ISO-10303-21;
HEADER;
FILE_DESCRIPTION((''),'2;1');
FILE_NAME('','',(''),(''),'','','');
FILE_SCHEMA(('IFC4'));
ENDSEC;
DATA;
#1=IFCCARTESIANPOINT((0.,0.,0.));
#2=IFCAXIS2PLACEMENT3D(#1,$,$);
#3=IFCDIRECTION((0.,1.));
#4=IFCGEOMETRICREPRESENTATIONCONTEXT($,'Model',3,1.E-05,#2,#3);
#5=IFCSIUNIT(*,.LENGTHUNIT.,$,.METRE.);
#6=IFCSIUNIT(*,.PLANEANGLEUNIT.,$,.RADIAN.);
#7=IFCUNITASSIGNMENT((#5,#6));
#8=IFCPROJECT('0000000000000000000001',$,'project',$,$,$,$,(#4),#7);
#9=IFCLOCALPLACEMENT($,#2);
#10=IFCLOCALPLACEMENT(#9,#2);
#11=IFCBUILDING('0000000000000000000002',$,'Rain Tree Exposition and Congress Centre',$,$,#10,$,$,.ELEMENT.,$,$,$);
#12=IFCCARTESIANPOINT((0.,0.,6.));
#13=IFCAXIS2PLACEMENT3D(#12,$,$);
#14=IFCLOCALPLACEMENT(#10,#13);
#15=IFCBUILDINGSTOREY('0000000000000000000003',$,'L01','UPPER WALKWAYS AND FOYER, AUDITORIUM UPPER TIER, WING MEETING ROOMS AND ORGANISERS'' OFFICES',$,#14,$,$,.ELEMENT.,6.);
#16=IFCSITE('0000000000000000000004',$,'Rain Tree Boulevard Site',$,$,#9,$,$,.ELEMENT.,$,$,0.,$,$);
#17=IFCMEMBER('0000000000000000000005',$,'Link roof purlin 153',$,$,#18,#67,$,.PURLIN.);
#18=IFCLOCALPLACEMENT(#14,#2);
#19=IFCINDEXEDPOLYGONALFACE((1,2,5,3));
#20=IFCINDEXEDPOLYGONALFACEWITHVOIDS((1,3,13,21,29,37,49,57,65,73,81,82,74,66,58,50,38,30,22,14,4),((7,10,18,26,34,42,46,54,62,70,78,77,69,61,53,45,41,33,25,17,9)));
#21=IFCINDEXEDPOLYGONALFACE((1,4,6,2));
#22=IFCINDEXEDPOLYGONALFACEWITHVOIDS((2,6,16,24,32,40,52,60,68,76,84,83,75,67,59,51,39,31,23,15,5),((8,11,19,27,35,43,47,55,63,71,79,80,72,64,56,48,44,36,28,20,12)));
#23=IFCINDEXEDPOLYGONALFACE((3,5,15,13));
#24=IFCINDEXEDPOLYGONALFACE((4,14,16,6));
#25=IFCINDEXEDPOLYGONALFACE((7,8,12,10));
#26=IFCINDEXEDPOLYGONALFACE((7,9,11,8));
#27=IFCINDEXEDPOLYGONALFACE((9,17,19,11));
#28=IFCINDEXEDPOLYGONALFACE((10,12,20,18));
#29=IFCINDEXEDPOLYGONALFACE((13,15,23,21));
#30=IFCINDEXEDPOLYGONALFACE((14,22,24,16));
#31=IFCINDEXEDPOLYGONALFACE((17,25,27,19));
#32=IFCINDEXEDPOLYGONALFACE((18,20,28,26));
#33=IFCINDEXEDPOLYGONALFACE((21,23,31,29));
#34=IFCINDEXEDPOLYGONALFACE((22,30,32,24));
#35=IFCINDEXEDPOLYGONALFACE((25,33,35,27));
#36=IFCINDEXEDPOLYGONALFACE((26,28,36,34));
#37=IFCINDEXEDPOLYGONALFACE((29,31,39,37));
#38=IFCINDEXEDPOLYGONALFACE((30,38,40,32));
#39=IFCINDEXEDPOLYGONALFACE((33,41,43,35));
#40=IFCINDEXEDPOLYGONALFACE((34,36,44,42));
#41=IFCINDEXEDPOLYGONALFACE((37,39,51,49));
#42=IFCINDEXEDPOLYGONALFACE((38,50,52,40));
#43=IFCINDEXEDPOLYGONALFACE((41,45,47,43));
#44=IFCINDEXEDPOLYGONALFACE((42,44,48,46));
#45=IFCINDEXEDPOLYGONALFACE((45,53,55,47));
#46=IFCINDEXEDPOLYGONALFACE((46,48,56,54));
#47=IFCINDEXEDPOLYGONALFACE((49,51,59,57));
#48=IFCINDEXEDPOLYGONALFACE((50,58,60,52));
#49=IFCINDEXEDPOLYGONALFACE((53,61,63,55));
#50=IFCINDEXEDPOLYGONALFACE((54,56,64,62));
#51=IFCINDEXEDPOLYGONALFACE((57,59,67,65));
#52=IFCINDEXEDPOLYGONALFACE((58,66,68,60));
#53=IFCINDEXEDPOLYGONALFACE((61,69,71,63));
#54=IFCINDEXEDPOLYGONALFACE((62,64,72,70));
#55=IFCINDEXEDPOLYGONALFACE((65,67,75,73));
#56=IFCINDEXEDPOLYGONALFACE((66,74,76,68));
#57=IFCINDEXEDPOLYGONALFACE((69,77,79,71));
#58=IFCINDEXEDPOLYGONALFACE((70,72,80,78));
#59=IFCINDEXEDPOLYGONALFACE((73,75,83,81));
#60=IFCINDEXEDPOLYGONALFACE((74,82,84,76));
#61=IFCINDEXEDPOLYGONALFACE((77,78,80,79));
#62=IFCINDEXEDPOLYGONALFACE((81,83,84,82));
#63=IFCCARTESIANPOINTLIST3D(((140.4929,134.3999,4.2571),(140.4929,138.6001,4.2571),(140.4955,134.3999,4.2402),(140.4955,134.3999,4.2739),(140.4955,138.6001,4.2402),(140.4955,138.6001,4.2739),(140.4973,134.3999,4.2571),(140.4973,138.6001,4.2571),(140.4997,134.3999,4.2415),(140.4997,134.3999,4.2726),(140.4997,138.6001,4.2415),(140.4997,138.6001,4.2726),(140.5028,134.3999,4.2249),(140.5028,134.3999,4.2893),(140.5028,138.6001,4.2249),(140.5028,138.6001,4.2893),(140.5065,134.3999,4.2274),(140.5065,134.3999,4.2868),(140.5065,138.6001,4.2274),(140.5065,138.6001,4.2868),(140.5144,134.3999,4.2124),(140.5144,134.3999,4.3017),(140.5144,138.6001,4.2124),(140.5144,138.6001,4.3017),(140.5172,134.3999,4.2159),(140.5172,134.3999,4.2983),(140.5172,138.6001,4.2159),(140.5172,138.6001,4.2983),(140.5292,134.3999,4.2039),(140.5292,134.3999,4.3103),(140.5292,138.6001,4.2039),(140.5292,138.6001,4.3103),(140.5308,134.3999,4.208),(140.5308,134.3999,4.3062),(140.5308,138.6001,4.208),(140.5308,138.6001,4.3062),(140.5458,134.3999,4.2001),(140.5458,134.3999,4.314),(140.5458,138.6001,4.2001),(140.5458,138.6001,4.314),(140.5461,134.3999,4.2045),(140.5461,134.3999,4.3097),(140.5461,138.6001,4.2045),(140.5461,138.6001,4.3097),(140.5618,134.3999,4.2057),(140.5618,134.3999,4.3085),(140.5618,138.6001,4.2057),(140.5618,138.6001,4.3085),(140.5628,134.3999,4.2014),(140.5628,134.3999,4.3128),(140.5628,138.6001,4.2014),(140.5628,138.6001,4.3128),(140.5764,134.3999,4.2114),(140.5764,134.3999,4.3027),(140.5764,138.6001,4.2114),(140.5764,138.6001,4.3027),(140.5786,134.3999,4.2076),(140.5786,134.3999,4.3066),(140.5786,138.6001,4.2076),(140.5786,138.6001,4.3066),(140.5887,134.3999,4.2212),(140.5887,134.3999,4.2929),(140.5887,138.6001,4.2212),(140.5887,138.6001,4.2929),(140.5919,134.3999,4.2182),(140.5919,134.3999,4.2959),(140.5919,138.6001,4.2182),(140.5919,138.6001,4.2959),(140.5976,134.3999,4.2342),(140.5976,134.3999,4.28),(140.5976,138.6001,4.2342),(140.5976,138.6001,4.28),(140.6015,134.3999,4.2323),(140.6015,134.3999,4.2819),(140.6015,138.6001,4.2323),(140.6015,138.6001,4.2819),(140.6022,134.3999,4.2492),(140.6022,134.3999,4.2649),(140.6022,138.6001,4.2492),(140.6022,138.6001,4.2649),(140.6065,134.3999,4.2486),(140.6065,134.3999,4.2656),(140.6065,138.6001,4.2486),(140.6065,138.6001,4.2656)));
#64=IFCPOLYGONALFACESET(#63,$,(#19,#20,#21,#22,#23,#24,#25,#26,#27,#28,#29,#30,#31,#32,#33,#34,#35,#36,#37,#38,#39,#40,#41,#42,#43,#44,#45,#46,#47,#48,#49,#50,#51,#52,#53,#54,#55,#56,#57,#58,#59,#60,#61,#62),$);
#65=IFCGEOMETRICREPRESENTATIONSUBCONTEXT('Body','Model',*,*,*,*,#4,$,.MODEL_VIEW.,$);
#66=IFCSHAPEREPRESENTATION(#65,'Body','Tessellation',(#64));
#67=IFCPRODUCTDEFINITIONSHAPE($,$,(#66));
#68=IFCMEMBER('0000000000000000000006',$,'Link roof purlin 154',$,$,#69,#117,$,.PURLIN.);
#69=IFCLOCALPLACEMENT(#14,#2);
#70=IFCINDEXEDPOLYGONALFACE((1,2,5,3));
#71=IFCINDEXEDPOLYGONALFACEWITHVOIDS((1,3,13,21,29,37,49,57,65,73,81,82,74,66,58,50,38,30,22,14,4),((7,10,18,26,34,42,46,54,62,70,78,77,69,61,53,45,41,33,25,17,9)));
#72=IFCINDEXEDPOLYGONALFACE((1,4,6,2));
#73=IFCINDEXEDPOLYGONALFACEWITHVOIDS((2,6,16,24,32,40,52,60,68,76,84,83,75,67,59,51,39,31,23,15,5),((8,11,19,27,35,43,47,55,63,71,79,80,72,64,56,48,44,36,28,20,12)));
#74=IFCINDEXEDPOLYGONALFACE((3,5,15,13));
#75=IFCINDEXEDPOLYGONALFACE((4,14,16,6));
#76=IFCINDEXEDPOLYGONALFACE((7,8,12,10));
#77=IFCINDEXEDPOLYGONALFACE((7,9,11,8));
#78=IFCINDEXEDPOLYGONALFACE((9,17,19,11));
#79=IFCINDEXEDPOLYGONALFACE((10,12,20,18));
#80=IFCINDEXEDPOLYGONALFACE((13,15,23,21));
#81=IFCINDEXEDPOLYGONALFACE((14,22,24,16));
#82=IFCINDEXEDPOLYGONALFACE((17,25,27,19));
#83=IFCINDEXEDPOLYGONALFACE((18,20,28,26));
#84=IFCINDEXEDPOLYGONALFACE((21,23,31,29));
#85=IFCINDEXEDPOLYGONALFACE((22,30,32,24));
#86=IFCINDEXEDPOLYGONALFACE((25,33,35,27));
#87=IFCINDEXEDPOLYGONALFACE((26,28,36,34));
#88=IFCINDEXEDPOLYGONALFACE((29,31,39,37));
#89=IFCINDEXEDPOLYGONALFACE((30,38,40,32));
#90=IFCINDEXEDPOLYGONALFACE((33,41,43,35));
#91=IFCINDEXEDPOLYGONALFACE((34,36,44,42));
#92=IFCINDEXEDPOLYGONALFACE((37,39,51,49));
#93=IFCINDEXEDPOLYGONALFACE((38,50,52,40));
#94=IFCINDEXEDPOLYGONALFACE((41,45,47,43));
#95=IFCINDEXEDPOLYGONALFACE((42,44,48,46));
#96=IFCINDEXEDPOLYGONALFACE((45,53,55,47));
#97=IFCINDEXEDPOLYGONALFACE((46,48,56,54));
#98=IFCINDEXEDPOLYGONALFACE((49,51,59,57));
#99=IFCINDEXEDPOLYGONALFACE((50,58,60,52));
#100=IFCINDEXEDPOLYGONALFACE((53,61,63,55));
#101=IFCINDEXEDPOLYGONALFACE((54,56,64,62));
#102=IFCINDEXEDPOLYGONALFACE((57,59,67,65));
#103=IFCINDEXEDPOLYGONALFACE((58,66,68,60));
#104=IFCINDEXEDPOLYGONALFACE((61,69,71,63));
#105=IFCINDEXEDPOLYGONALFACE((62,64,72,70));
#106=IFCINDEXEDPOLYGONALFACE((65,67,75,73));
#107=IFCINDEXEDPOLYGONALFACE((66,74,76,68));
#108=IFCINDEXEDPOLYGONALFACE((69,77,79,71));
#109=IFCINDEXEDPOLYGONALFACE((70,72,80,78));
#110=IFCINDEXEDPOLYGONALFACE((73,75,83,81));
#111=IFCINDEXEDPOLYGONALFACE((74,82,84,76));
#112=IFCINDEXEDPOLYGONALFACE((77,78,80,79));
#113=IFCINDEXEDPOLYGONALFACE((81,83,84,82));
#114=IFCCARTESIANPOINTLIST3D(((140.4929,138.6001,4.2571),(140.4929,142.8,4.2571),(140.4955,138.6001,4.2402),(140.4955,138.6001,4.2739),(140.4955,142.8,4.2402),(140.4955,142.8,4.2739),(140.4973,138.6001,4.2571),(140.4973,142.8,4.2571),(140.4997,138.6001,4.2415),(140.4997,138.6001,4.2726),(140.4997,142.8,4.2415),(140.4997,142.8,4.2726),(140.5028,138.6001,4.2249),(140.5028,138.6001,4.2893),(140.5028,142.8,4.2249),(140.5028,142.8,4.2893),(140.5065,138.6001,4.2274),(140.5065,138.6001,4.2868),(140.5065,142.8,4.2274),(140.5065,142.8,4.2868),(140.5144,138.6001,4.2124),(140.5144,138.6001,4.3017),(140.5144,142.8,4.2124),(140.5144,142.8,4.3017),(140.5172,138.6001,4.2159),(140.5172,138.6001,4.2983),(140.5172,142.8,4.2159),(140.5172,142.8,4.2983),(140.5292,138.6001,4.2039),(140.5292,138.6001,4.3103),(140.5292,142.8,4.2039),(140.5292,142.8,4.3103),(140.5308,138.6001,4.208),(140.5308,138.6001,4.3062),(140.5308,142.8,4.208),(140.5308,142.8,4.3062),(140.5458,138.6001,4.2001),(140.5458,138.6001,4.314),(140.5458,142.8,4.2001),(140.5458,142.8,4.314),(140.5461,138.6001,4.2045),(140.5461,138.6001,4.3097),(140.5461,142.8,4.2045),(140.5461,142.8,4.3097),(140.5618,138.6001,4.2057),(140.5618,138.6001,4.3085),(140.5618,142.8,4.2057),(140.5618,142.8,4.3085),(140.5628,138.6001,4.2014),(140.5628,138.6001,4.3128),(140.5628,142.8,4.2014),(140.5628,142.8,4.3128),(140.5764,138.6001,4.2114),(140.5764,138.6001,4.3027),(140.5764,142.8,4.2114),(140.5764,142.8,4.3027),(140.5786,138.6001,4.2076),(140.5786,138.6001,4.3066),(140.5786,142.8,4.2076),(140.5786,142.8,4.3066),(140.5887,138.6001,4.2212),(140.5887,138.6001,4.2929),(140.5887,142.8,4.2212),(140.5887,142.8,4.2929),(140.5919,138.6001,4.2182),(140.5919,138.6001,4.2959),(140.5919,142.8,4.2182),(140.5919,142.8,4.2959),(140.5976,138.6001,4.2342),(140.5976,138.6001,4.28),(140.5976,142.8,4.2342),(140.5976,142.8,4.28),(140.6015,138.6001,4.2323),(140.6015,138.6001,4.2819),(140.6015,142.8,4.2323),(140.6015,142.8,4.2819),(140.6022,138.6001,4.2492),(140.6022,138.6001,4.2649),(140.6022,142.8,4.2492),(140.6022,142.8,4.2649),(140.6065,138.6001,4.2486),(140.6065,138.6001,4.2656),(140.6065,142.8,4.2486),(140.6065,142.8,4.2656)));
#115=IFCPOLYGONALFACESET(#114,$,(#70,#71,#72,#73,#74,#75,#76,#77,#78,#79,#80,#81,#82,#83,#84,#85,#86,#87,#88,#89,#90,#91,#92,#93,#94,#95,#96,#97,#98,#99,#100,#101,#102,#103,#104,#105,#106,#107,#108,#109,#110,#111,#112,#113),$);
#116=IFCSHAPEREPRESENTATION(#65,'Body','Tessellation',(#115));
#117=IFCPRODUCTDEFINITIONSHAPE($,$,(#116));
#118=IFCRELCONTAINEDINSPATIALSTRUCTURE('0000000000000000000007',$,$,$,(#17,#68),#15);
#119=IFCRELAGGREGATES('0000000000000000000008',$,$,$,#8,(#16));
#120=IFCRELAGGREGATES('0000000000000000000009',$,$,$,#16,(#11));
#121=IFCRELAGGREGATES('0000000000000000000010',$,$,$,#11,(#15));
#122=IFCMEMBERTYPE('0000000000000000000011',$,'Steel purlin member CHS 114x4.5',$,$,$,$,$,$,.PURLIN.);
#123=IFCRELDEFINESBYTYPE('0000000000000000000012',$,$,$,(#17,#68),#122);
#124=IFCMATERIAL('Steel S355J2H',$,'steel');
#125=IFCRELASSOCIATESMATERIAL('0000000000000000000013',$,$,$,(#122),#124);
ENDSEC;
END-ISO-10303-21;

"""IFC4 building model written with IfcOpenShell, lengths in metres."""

from ifc_helpers import new_model, si_unit, direction, frame, origin, origin_2d, place, context, subcontext, project, spatial, hollow_circle, extrude, material, material_profile, profile_set, type_object, element, save


model = new_model("IFC4")

# Units and contexts
model_context = context("Model", 3, precision=1e-05, world=origin(), true_north=direction((0.0, 1.0)))
body_context = subcontext(model_context, "Body", "Model", "MODEL_VIEW")
ifc_project = project(units=[si_unit("LENGTHUNIT", "METRE"), si_unit("PLANEANGLEUNIT", "RADIAN")], contexts=[model_context])

# Site, building, storey
site_placement = place(None, origin())
site = spatial("IfcSite", under=ifc_project, at=site_placement, Name="Rain Tree Boulevard Site", CompositionType="ELEMENT", RefElevation=0.0)
building_placement = place(site_placement, origin())
building = spatial("IfcBuilding", under=site, at=building_placement, Name="Rain Tree Exposition and Congress Centre", CompositionType="ELEMENT")
storey_placement = place(building_placement, frame((0.0, 0.0, 6.0)))
storey = spatial("IfcBuildingStorey", under=building, at=storey_placement, Name="L01", Description="UPPER WALKWAYS AND FOYER, AUDITORIUM UPPER TIER, WING MEETING ROOMS AND ORGANISERS' OFFICES", CompositionType="ELEMENT", Elevation=6.0)

# Members
ifc_material = material(Name="Steel S355J2H", Category="steel")
ifc_material_profile = material_profile(ifc_material, hollow_circle(Radius=0.0571, WallThickness=0.0044, at=origin_2d()), Name="CHS 114x4.5")
ifc_profile_set = profile_set([ifc_material_profile], Name="Steel S355J2H")
member_type = type_object("IfcMemberType", Name="Steel purlin member CHS 114x4.5", PredefinedType="PURLIN", material=ifc_profile_set)
member_1_placement = place(storey_placement, frame((140.55, 134.3999, 4.2571), z_axis=(0.0, 1.0, 0.0), x_axis=(-1.0, 0.0, 0.0)))
element("IfcMember", 1, at=member_1_placement, inside=storey, type_object=member_type, Name="Link roof purlin 153", PredefinedType="PURLIN", context=body_context, shape_type="SweptSolid", body=[
    extrude(hollow_circle(Radius=0.0571, WallThickness=0.0044, at=origin_2d()), origin(), (0.0, 0.0, 1.0), 4.2002),
])
member_2_placement = place(storey_placement, frame((140.55, 138.6001, 4.2571), z_axis=(0.0, 1.0, 0.0), x_axis=(-1.0, 0.0, 0.0)))
element("IfcMember", 2, at=member_2_placement, inside=storey, type_object=member_type, Name="Link roof purlin 154", PredefinedType="PURLIN", context=body_context, shape_type="SweptSolid", body=[
    extrude(hollow_circle(Radius=0.0571, WallThickness=0.0044, at=origin_2d()), origin(), (0.0, 0.0, 1.0), 4.2),
])

save(model, "model.ifc")
